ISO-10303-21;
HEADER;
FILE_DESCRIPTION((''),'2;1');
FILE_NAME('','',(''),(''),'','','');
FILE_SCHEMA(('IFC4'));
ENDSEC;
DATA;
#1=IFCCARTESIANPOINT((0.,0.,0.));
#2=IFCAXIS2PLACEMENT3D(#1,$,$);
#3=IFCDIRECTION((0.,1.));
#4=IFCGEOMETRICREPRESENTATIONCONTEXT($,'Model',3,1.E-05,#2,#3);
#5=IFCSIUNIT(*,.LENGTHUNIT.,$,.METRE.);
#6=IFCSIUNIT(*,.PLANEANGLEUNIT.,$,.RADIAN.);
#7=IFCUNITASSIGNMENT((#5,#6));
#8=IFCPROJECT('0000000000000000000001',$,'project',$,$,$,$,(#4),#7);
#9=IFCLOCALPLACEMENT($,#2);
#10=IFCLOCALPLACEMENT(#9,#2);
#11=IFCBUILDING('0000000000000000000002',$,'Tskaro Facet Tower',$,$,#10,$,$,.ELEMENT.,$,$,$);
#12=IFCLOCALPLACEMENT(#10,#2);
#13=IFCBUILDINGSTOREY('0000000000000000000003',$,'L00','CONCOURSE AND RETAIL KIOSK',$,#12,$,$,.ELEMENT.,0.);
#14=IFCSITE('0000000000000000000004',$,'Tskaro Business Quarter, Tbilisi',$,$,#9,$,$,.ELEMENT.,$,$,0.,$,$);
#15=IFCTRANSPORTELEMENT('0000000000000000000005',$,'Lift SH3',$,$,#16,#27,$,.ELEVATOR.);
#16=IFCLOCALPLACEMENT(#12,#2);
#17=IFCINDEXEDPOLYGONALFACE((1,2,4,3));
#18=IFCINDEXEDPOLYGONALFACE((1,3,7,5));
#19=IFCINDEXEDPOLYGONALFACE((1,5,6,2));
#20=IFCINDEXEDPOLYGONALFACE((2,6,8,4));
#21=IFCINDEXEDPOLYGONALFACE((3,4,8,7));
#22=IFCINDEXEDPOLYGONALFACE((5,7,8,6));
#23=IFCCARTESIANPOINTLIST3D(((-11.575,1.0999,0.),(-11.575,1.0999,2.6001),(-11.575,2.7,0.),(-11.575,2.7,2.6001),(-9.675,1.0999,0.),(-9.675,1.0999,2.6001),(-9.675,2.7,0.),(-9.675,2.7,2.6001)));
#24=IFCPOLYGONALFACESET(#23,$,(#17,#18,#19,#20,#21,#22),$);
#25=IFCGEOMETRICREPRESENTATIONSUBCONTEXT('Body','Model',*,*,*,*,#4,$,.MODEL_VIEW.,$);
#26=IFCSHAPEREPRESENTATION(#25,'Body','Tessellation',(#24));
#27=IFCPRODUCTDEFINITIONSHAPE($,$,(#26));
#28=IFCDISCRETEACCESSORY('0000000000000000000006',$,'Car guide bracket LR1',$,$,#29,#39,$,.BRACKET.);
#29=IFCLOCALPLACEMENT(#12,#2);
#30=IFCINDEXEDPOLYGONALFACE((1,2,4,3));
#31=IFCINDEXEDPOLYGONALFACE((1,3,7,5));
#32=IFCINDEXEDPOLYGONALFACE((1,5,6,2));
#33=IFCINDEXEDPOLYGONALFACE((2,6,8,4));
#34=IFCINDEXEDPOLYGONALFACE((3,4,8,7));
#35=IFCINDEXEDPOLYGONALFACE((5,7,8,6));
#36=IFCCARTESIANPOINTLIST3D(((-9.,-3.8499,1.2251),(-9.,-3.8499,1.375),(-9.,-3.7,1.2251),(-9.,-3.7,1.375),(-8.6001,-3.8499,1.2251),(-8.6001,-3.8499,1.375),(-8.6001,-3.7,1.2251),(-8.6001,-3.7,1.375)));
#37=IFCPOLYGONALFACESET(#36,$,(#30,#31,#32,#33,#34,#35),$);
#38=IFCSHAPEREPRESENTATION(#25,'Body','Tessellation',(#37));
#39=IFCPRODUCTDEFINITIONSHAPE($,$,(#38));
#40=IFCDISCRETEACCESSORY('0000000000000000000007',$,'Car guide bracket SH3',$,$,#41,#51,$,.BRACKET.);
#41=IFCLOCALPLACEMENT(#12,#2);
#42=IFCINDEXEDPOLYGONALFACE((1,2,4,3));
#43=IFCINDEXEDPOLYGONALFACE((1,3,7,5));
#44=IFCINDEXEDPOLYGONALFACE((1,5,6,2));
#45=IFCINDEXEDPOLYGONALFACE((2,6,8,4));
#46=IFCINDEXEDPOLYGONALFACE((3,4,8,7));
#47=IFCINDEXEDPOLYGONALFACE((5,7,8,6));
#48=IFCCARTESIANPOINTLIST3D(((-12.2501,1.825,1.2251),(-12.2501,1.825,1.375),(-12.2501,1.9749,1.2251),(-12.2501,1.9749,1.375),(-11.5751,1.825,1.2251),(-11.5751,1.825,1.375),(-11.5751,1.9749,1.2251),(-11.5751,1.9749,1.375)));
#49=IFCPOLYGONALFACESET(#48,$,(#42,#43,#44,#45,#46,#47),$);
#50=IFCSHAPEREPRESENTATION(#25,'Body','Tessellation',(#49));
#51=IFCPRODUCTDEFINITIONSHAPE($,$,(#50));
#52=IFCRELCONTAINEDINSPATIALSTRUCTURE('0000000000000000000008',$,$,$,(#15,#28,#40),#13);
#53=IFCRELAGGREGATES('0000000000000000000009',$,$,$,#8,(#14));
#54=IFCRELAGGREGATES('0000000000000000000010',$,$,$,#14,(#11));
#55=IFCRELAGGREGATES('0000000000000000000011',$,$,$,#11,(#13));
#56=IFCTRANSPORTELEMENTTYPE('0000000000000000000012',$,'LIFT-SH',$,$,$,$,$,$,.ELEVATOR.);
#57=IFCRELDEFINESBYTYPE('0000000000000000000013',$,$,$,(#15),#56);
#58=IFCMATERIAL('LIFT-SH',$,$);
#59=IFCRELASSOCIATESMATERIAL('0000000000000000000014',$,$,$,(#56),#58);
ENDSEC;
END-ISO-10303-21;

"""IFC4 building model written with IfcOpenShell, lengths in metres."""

from ifc_helpers import new_model, si_unit, direction, frame, origin, origin_2d, place, context, subcontext, project, spatial, rectangle, extrude, material, type_object, element, save


model = new_model("IFC4")

# Units and contexts
model_context = context("Model", 3, precision=1e-05, world=origin(), true_north=direction((0.0, 1.0)))
body_context = subcontext(model_context, "Body", "Model", "MODEL_VIEW")
ifc_project = project(units=[si_unit("LENGTHUNIT", "METRE"), si_unit("PLANEANGLEUNIT", "RADIAN")], contexts=[model_context])

# Site, building, storey
site_placement = place(None, origin())
site = spatial("IfcSite", under=ifc_project, at=site_placement, Name="Tskaro Business Quarter, Tbilisi", CompositionType="ELEMENT", RefElevation=0.0)
building_placement = place(site_placement, origin())
building = spatial("IfcBuilding", under=site, at=building_placement, Name="Tskaro Facet Tower", CompositionType="ELEMENT")
storey_placement = place(building_placement, origin())
storey = spatial("IfcBuildingStorey", under=building, at=storey_placement, Name="L00", Description="CONCOURSE AND RETAIL KIOSK", CompositionType="ELEMENT", Elevation=0.0)

# Transport element
ifc_material_1 = material(Name="LIFT-SH")
transport_element_type_1 = type_object("IfcTransportElementType", Name="LIFT-SH", PredefinedType="ELEVATOR", material=ifc_material_1)
transport_element_1_placement = place(storey_placement, frame((-10.625, 1.8999, 0.0), z_axis=(0.0, 0.0, 1.0), x_axis=(1.0, 0.0, 0.0)))
element("IfcTransportElement", 1, at=transport_element_1_placement, inside=storey, type_object=transport_element_type_1, Name="Lift SH3", PredefinedType="ELEVATOR", context=body_context, shape_type="SweptSolid", body=[
    extrude(rectangle(XDim=1.8999, YDim=1.6001, at=origin_2d()), origin(), (0.0, 0.0, 1.0), 2.6001),
])

# Discrete accessories
discrete_accessory_1_placement = place(storey_placement, frame((-8.8, -3.7749, 1.2251), z_axis=(0.0, 0.0, 1.0), x_axis=(1.0, 0.0, 0.0)))
element("IfcDiscreteAccessory", 2, at=discrete_accessory_1_placement, inside=storey, Name="Car guide bracket LR1", PredefinedType="BRACKET", context=body_context, shape_type="SweptSolid", body=[
    extrude(rectangle(XDim=0.3999, YDim=0.1499, at=origin_2d()), origin(), (0.0, 0.0, 1.0), 0.1499),
])
discrete_accessory_2_placement = place(storey_placement, frame((-11.9126, 1.8999, 1.2251), z_axis=(0.0, 0.0, 1.0), x_axis=(1.0, 0.0, 0.0)))
element("IfcDiscreteAccessory", 3, at=discrete_accessory_2_placement, inside=storey, Name="Car guide bracket SH3", PredefinedType="BRACKET", context=body_context, shape_type="SweptSolid", body=[
    extrude(rectangle(XDim=0.675, YDim=0.1499, at=origin_2d()), origin(), (0.0, 0.0, 1.0), 0.1499),
])

save(model, "model.ifc")
